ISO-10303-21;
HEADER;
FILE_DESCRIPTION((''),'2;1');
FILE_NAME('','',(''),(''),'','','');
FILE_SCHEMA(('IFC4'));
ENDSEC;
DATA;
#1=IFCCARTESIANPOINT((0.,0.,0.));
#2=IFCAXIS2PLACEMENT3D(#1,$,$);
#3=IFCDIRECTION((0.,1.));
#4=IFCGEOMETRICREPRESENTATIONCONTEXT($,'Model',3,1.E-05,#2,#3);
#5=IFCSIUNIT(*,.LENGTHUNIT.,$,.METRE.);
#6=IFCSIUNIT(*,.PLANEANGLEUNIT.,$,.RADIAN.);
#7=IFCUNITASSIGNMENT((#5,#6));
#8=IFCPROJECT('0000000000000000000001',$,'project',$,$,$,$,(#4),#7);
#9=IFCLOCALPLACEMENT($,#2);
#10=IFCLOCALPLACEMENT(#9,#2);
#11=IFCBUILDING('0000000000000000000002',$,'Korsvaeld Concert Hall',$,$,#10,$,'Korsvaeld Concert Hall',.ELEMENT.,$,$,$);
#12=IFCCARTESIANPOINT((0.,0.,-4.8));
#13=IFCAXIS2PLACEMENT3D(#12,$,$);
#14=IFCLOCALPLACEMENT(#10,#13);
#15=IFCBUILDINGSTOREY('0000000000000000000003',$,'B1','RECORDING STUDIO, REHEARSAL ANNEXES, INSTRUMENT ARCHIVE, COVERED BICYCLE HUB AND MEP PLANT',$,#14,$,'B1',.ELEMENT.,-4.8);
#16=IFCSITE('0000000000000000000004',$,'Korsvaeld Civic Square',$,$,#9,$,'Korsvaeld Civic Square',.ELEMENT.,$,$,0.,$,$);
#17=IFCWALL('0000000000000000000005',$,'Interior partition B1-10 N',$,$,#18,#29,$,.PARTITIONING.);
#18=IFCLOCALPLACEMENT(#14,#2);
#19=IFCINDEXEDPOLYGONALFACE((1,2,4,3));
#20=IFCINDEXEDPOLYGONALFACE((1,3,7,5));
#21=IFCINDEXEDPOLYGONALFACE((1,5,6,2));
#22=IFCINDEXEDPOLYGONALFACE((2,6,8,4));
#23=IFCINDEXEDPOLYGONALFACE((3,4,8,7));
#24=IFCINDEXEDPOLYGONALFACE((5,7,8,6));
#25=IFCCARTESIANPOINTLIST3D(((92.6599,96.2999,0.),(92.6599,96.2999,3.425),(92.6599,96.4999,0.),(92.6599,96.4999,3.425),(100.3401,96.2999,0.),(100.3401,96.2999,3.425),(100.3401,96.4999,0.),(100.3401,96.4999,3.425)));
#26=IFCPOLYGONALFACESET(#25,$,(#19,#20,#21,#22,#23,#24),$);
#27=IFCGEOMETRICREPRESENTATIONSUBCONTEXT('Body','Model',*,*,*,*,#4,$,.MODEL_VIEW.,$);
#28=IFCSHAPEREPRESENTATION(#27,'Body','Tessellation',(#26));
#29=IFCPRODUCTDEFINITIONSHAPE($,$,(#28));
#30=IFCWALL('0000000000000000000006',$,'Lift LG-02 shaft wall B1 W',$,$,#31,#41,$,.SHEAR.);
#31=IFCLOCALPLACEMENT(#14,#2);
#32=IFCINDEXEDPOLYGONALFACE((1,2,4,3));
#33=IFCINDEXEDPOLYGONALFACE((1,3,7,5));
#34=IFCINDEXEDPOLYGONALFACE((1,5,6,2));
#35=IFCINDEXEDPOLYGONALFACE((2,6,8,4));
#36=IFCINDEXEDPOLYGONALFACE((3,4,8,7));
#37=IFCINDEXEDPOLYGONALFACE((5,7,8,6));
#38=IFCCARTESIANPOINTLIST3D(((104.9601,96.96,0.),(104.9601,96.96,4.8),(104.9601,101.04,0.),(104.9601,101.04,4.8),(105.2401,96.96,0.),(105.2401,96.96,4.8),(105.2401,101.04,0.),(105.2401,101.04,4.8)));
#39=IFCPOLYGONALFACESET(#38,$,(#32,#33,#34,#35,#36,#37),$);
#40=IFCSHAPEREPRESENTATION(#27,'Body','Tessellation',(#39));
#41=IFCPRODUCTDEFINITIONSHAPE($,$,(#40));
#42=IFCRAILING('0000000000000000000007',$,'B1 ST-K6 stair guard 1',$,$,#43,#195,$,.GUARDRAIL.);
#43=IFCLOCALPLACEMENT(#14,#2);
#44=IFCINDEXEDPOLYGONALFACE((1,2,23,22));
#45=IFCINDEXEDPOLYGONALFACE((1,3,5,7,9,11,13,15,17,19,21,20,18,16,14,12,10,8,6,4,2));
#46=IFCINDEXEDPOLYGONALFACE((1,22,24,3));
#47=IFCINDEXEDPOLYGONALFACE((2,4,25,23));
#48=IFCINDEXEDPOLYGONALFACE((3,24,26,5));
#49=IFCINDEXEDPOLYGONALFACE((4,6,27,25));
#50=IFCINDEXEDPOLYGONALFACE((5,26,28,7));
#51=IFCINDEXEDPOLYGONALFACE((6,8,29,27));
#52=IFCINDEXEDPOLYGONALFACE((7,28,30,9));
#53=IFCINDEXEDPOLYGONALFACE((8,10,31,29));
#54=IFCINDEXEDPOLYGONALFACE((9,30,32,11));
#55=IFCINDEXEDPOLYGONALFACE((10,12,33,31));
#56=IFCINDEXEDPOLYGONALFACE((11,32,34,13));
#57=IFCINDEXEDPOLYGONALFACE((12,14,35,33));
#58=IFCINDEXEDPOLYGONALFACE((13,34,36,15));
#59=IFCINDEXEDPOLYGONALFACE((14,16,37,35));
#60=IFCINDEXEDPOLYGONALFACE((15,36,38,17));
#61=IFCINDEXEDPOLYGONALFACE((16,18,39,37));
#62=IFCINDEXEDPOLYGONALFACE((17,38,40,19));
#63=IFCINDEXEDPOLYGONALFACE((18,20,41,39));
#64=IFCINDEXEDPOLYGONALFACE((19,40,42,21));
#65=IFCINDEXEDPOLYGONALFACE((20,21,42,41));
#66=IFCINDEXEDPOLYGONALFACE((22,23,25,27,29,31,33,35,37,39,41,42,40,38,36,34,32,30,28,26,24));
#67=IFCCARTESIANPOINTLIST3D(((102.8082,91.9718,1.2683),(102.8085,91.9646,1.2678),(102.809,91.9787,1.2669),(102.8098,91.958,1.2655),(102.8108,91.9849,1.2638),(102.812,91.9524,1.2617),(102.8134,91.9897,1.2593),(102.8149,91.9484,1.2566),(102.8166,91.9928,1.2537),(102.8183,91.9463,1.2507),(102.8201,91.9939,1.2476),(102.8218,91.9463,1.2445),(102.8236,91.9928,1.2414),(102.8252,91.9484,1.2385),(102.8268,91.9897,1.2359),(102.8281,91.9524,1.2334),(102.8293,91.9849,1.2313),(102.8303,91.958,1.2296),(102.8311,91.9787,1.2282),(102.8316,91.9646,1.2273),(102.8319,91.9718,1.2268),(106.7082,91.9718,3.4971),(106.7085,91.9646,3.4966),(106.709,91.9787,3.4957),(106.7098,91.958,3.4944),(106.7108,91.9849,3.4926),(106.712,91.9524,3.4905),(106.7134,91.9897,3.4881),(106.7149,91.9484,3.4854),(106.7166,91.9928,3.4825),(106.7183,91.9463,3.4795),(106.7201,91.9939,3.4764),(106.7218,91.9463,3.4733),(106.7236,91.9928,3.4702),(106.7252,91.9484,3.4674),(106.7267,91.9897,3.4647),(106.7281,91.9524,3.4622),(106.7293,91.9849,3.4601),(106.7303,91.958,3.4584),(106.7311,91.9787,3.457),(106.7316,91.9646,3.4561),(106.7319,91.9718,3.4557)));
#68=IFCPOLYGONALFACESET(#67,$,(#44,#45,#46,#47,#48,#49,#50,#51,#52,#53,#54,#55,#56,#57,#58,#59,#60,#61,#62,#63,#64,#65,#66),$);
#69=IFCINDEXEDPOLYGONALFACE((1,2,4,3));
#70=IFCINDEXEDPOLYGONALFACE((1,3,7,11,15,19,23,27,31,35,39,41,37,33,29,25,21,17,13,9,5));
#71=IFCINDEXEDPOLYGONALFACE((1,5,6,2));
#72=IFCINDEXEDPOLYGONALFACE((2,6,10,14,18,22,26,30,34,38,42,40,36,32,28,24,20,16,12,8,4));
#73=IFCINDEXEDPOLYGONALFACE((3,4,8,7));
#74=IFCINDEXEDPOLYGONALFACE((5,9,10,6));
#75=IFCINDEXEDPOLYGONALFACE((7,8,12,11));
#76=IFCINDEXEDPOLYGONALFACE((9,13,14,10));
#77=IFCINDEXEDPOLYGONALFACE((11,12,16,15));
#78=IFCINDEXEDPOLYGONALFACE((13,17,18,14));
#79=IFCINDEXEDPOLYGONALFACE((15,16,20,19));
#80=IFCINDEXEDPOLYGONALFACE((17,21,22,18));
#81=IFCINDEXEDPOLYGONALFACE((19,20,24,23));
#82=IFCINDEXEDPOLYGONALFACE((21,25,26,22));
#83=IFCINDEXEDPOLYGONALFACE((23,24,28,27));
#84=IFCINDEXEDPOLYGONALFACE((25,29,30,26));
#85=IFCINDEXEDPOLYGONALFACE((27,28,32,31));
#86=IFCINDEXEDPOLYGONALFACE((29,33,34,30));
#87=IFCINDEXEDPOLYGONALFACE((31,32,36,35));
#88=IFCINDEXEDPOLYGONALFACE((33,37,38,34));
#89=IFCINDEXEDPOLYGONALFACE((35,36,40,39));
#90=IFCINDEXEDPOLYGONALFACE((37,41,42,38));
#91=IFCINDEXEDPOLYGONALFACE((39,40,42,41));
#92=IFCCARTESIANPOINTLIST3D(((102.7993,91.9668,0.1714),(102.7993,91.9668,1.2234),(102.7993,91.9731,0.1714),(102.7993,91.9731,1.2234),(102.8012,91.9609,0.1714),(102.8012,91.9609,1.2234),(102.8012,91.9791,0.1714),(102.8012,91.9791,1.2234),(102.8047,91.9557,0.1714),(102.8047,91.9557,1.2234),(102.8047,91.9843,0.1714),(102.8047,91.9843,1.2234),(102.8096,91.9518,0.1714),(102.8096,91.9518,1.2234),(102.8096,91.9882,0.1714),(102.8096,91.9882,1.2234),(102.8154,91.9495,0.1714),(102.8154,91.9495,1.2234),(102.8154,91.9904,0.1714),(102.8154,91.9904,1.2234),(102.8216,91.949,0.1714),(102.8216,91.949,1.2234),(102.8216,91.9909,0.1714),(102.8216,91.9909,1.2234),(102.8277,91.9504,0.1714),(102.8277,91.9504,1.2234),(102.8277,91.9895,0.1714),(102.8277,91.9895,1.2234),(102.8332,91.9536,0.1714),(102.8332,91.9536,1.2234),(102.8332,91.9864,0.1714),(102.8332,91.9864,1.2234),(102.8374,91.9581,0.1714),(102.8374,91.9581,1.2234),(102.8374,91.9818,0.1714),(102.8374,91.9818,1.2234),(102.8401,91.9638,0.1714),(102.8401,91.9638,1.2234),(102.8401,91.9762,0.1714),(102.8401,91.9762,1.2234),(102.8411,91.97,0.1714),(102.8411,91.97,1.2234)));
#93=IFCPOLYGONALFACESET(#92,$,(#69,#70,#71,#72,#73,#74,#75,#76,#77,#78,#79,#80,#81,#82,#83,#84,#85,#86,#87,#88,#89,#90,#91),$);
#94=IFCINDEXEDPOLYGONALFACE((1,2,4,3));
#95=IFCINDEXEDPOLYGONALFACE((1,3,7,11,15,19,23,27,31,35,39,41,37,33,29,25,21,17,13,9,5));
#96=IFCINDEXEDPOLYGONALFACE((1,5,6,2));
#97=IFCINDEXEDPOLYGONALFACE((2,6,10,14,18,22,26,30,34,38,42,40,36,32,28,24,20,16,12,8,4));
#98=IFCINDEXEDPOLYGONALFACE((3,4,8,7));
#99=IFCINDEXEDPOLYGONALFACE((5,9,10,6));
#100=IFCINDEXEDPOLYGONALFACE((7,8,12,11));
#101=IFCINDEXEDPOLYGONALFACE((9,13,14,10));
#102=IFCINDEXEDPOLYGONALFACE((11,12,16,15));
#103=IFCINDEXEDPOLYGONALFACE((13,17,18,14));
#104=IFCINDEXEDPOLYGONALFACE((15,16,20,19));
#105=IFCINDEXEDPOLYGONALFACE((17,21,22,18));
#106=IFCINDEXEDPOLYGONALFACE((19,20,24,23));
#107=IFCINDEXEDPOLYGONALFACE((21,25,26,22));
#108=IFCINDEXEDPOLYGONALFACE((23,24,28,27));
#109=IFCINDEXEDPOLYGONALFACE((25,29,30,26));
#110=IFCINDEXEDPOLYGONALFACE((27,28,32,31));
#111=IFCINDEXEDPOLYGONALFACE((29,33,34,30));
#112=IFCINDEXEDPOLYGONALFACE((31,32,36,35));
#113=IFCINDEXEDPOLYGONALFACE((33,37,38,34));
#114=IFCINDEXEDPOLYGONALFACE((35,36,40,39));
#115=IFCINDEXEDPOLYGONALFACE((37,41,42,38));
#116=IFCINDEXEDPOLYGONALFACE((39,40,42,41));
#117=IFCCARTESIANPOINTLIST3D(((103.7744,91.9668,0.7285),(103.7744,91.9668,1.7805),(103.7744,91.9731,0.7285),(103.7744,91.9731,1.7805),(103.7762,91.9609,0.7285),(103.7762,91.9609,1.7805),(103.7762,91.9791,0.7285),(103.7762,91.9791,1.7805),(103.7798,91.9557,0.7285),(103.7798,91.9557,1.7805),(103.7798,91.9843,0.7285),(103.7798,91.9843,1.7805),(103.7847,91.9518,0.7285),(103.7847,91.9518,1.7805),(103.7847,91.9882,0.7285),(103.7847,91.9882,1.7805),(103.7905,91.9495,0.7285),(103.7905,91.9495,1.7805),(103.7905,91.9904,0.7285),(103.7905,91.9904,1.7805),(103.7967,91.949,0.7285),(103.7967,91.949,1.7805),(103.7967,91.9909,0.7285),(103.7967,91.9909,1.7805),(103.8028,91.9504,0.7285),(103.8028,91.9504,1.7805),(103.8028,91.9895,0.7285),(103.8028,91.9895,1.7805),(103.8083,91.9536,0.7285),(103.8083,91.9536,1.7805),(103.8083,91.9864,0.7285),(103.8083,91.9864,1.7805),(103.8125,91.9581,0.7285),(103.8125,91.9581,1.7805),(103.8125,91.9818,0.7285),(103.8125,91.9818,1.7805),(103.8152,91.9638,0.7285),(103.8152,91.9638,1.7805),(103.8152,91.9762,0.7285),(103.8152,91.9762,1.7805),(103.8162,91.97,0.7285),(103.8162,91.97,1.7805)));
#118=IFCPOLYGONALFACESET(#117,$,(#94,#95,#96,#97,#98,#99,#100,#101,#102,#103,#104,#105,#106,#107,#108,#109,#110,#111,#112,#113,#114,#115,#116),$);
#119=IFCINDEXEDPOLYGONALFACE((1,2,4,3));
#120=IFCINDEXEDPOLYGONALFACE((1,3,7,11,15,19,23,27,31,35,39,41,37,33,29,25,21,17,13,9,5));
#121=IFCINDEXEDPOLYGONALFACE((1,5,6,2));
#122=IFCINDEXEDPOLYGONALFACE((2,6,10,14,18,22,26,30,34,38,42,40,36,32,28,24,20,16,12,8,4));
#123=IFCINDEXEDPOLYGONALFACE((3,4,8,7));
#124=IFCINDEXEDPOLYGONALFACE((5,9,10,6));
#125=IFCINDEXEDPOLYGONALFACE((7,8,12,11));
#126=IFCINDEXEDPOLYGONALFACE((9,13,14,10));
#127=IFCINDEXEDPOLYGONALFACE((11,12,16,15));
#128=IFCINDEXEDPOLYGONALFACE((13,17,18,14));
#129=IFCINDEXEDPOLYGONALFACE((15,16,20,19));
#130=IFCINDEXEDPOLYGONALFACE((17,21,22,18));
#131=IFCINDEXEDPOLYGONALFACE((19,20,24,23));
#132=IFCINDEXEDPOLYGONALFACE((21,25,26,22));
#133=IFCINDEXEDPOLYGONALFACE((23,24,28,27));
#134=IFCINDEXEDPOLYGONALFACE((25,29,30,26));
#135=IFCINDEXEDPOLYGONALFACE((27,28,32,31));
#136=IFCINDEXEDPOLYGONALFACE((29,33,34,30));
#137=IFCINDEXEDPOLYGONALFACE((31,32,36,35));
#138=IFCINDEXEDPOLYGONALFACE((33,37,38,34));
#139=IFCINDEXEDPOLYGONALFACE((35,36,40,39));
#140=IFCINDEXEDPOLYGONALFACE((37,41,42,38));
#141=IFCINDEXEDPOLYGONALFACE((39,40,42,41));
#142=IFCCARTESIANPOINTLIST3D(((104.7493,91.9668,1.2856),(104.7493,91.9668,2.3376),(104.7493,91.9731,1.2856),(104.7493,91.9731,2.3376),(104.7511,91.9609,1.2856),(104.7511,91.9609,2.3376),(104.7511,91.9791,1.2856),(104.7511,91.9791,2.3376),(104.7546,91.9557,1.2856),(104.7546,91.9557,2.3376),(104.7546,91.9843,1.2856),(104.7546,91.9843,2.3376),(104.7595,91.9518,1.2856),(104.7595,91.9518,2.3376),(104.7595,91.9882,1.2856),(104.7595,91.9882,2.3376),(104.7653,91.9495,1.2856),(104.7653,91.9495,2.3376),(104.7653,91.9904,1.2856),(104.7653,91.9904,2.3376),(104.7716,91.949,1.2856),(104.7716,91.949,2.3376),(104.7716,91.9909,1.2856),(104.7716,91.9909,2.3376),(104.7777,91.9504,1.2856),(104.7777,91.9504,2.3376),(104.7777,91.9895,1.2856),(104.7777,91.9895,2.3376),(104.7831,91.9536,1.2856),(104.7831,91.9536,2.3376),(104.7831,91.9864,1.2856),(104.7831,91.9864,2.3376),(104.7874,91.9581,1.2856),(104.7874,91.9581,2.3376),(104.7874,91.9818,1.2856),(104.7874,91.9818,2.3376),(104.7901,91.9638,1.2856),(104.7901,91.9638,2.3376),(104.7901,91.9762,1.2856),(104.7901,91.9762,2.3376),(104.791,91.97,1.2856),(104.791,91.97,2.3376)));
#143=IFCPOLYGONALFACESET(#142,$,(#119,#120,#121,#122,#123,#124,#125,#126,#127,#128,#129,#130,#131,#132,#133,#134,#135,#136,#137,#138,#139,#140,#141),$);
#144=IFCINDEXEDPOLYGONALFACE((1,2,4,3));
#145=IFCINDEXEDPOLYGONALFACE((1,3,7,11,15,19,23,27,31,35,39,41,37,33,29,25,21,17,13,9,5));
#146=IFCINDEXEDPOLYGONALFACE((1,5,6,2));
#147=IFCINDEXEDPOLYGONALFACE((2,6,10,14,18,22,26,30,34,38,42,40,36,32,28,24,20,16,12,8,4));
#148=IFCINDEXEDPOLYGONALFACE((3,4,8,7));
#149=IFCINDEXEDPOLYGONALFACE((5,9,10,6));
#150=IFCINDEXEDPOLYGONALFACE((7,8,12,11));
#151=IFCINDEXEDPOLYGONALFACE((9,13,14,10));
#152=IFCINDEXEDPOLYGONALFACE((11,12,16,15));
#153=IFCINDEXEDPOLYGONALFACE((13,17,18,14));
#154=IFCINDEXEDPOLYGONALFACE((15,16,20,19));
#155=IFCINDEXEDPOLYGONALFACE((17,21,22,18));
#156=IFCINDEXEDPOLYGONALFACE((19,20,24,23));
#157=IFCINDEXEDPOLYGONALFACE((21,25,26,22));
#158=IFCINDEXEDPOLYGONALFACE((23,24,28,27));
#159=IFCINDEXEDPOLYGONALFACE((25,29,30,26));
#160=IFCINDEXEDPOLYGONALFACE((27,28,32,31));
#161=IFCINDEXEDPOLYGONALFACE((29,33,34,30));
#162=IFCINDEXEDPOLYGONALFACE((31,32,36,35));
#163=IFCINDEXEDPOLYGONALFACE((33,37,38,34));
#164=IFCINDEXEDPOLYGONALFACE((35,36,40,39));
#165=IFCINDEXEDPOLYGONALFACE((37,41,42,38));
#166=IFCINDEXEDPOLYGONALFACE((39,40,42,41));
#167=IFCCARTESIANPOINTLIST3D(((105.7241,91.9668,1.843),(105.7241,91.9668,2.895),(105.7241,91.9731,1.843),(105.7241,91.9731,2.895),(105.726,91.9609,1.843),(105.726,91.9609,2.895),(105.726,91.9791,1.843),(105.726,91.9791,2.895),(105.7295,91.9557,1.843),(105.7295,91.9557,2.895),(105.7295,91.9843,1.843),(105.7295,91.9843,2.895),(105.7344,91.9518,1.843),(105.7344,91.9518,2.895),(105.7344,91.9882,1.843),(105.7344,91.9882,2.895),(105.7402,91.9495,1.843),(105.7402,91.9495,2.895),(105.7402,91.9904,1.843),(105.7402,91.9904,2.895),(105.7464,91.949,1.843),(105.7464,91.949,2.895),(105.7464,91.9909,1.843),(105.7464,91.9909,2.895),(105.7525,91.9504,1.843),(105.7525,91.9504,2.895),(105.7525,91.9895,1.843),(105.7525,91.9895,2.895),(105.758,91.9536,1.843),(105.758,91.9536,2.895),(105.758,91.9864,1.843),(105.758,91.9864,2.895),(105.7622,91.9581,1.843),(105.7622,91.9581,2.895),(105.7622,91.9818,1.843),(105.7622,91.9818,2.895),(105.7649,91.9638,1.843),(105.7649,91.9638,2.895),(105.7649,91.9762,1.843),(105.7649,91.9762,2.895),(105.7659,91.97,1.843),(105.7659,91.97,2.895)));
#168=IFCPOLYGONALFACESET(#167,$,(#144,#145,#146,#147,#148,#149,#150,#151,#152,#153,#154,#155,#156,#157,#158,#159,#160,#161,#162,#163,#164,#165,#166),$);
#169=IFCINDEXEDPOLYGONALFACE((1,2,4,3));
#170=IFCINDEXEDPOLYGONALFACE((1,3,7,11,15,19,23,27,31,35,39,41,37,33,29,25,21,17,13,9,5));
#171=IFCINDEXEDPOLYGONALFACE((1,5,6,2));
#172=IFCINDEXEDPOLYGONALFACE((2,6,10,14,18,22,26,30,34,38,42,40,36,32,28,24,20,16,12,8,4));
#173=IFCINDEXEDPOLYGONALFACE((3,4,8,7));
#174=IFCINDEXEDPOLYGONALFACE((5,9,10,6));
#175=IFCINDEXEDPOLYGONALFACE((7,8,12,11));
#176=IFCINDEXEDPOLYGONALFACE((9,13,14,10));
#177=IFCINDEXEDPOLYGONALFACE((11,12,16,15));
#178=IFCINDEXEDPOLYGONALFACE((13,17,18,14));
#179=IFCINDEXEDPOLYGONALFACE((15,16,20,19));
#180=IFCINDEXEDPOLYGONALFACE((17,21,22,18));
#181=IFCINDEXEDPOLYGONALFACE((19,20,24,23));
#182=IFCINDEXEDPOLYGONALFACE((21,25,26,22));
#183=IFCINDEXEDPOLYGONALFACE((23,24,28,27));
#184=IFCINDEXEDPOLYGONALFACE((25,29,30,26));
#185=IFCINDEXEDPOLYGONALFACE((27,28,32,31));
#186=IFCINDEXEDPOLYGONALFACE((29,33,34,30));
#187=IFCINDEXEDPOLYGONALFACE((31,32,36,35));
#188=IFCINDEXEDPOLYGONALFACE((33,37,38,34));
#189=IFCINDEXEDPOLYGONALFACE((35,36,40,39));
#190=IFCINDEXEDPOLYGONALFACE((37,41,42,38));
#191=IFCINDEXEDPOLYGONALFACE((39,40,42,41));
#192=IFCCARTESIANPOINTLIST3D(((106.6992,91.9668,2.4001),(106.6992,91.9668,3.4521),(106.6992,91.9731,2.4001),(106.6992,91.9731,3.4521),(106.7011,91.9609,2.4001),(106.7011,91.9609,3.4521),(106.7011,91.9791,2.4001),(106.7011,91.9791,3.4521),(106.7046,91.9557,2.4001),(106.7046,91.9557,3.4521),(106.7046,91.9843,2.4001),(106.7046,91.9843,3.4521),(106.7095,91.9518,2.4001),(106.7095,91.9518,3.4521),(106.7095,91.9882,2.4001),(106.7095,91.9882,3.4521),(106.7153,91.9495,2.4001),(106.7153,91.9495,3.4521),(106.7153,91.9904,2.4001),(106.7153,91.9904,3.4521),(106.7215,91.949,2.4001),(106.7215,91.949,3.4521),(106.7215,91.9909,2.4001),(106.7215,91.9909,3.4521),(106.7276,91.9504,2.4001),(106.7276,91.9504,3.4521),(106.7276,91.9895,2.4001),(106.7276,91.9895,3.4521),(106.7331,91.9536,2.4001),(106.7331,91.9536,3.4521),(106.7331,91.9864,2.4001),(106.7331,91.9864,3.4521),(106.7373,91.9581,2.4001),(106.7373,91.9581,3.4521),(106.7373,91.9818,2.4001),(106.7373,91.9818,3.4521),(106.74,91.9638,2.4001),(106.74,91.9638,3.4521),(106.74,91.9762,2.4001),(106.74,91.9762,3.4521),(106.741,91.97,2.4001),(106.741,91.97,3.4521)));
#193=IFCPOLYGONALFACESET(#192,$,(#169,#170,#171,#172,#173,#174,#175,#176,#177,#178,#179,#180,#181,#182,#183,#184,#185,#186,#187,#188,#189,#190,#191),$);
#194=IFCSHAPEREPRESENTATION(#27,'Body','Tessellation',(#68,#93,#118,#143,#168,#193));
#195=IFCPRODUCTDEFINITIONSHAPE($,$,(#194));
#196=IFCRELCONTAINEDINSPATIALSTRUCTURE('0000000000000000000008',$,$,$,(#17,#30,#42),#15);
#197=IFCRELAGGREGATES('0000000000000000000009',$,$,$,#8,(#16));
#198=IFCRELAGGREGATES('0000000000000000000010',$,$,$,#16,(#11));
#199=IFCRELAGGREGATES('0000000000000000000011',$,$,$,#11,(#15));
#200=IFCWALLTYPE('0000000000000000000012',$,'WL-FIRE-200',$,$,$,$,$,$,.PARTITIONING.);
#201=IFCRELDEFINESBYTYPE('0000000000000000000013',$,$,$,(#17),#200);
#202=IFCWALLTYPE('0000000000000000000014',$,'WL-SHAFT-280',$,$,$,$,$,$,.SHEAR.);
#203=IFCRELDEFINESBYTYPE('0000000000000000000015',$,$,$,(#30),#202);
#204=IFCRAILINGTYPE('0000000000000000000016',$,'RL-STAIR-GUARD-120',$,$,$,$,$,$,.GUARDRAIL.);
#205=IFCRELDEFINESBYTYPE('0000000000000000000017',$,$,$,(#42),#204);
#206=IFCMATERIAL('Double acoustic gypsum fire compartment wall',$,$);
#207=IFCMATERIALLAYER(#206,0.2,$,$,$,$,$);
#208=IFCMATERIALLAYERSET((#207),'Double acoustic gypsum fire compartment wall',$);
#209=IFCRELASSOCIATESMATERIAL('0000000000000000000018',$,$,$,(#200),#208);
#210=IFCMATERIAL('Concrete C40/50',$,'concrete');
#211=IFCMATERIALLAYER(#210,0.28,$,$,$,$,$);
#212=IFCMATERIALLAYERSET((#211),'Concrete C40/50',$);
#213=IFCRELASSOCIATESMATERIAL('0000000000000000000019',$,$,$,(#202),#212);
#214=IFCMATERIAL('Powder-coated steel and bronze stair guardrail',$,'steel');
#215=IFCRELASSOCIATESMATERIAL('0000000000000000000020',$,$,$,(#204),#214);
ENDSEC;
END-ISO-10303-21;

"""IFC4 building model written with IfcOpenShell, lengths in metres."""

from ifc_helpers import new_model, si_unit, direction, frame, frame_2d, origin, origin_2d, place, context, subcontext, project, spatial, rectangle, circle, extrude, material, layer, layer_set, type_object, element, save


model = new_model("IFC4")

# Units and contexts
model_context = context("Model", 3, precision=1e-05, world=origin(), true_north=direction((0.0, 1.0)))
body_context = subcontext(model_context, "Body", "Model", "MODEL_VIEW")
ifc_project = project(units=[si_unit("LENGTHUNIT", "METRE"), si_unit("PLANEANGLEUNIT", "RADIAN")], contexts=[model_context])

# Site, building, storey
site_placement = place(None, origin())
site = spatial("IfcSite", under=ifc_project, at=site_placement, Name="Korsvaeld Civic Square", LongName="Korsvaeld Civic Square", CompositionType="ELEMENT", RefElevation=0.0)
building_placement = place(site_placement, origin())
building = spatial("IfcBuilding", under=site, at=building_placement, Name="Korsvaeld Concert Hall", LongName="Korsvaeld Concert Hall", CompositionType="ELEMENT")
storey_placement = place(building_placement, frame((0.0, 0.0, -4.8)))
storey = spatial("IfcBuildingStorey", under=building, at=storey_placement, Name="B1", Description="RECORDING STUDIO, REHEARSAL ANNEXES, INSTRUMENT ARCHIVE, COVERED BICYCLE HUB AND MEP PLANT", LongName="B1", CompositionType="ELEMENT", Elevation=-4.8)

# Shared definitions
ifc_material_1 = material(Name="Concrete C40/50", Category="concrete")

# Walls
ifc_material_2 = material(Name="Double acoustic gypsum fire compartment wall")
ifc_layer_1 = layer(ifc_material_2, 0.2)
ifc_layer_set_1 = layer_set([ifc_layer_1], Name="Double acoustic gypsum fire compartment wall")
wall_type_1 = type_object("IfcWallType", Name="WL-FIRE-200", PredefinedType="PARTITIONING", material=ifc_layer_set_1)
wall_1_placement = place(storey_placement, frame((100.3401, 96.3999, 0.0), z_axis=(0.0, 0.0, 1.0), x_axis=(-1.0, 0.0, 0.0)))
element("IfcWall", 1, at=wall_1_placement, inside=storey, type_object=wall_type_1, Name="Interior partition B1-10 N", PredefinedType="PARTITIONING", context=body_context, shape_type="SweptSolid", body=[
    extrude(rectangle(XDim=7.6802, YDim=0.2, at=frame_2d((3.8401, 0.0))), origin(), (0.0, 0.0, 1.0), 3.425),
])
ifc_layer_2 = layer(ifc_material_1, 0.28)
ifc_layer_set_2 = layer_set([ifc_layer_2], Name="Concrete C40/50")
wall_type_2 = type_object("IfcWallType", Name="WL-SHAFT-280", PredefinedType="SHEAR", material=ifc_layer_set_2)
wall_2_placement = place(storey_placement, frame((105.1001, 101.04, 0.0), z_axis=(0.0, 0.0, 1.0), x_axis=(0.0, -1.0, 0.0)))
element("IfcWall", 2, at=wall_2_placement, inside=storey, type_object=wall_type_2, Name="Lift LG-02 shaft wall B1 W", PredefinedType="SHEAR", context=body_context, shape_type="SweptSolid", body=[
    extrude(rectangle(XDim=4.0801, YDim=0.28, at=frame_2d((2.04, 0.0))), origin(), (0.0, 0.0, 1.0), 4.8),
])

# Railing
ifc_material_3 = material(Name="Powder-coated steel and bronze stair guardrail", Category="steel")
railing_type = type_object("IfcRailingType", Name="RL-STAIR-GUARD-120", PredefinedType="GUARDRAIL", material=ifc_material_3)
railing_1_placement = place(storey_placement, frame((102.8201, 91.97, 0.1714)))
element("IfcRailing", 3, at=railing_1_placement, inside=storey, type_object=railing_type, Name="B1 ST-K6 stair guard 1", PredefinedType="GUARDRAIL", context=body_context, shape_type="SweptSolid", body=[
    extrude(circle(Radius=0.0239, at=origin_2d()), frame((0.0, 0.0, 1.0762), z_axis=(0.86822, 0.0, 0.49618), x_axis=(0.0, 1.0, 0.0)), (0.0, 0.0, 1.0), 4.4919),
    extrude(circle(Radius=0.021, at=origin_2d()), origin(), (0.0, 0.0, 1.0), 1.052),
    extrude(circle(Radius=0.021, at=origin_2d()), frame((0.9751, 0.0, 0.5571)), (0.0, 0.0, 1.0), 1.052),
    extrude(circle(Radius=0.021, at=origin_2d()), frame((1.95, 0.0, 1.1143)), (0.0, 0.0, 1.0), 1.052),
    extrude(circle(Radius=0.021, at=origin_2d()), frame((2.9248, 0.0, 1.6716)), (0.0, 0.0, 1.0), 1.052),
    extrude(circle(Radius=0.021, at=origin_2d()), frame((3.8999, 0.0, 2.2288)), (0.0, 0.0, 1.0), 1.052),
])

save(model, "model.ifc")
